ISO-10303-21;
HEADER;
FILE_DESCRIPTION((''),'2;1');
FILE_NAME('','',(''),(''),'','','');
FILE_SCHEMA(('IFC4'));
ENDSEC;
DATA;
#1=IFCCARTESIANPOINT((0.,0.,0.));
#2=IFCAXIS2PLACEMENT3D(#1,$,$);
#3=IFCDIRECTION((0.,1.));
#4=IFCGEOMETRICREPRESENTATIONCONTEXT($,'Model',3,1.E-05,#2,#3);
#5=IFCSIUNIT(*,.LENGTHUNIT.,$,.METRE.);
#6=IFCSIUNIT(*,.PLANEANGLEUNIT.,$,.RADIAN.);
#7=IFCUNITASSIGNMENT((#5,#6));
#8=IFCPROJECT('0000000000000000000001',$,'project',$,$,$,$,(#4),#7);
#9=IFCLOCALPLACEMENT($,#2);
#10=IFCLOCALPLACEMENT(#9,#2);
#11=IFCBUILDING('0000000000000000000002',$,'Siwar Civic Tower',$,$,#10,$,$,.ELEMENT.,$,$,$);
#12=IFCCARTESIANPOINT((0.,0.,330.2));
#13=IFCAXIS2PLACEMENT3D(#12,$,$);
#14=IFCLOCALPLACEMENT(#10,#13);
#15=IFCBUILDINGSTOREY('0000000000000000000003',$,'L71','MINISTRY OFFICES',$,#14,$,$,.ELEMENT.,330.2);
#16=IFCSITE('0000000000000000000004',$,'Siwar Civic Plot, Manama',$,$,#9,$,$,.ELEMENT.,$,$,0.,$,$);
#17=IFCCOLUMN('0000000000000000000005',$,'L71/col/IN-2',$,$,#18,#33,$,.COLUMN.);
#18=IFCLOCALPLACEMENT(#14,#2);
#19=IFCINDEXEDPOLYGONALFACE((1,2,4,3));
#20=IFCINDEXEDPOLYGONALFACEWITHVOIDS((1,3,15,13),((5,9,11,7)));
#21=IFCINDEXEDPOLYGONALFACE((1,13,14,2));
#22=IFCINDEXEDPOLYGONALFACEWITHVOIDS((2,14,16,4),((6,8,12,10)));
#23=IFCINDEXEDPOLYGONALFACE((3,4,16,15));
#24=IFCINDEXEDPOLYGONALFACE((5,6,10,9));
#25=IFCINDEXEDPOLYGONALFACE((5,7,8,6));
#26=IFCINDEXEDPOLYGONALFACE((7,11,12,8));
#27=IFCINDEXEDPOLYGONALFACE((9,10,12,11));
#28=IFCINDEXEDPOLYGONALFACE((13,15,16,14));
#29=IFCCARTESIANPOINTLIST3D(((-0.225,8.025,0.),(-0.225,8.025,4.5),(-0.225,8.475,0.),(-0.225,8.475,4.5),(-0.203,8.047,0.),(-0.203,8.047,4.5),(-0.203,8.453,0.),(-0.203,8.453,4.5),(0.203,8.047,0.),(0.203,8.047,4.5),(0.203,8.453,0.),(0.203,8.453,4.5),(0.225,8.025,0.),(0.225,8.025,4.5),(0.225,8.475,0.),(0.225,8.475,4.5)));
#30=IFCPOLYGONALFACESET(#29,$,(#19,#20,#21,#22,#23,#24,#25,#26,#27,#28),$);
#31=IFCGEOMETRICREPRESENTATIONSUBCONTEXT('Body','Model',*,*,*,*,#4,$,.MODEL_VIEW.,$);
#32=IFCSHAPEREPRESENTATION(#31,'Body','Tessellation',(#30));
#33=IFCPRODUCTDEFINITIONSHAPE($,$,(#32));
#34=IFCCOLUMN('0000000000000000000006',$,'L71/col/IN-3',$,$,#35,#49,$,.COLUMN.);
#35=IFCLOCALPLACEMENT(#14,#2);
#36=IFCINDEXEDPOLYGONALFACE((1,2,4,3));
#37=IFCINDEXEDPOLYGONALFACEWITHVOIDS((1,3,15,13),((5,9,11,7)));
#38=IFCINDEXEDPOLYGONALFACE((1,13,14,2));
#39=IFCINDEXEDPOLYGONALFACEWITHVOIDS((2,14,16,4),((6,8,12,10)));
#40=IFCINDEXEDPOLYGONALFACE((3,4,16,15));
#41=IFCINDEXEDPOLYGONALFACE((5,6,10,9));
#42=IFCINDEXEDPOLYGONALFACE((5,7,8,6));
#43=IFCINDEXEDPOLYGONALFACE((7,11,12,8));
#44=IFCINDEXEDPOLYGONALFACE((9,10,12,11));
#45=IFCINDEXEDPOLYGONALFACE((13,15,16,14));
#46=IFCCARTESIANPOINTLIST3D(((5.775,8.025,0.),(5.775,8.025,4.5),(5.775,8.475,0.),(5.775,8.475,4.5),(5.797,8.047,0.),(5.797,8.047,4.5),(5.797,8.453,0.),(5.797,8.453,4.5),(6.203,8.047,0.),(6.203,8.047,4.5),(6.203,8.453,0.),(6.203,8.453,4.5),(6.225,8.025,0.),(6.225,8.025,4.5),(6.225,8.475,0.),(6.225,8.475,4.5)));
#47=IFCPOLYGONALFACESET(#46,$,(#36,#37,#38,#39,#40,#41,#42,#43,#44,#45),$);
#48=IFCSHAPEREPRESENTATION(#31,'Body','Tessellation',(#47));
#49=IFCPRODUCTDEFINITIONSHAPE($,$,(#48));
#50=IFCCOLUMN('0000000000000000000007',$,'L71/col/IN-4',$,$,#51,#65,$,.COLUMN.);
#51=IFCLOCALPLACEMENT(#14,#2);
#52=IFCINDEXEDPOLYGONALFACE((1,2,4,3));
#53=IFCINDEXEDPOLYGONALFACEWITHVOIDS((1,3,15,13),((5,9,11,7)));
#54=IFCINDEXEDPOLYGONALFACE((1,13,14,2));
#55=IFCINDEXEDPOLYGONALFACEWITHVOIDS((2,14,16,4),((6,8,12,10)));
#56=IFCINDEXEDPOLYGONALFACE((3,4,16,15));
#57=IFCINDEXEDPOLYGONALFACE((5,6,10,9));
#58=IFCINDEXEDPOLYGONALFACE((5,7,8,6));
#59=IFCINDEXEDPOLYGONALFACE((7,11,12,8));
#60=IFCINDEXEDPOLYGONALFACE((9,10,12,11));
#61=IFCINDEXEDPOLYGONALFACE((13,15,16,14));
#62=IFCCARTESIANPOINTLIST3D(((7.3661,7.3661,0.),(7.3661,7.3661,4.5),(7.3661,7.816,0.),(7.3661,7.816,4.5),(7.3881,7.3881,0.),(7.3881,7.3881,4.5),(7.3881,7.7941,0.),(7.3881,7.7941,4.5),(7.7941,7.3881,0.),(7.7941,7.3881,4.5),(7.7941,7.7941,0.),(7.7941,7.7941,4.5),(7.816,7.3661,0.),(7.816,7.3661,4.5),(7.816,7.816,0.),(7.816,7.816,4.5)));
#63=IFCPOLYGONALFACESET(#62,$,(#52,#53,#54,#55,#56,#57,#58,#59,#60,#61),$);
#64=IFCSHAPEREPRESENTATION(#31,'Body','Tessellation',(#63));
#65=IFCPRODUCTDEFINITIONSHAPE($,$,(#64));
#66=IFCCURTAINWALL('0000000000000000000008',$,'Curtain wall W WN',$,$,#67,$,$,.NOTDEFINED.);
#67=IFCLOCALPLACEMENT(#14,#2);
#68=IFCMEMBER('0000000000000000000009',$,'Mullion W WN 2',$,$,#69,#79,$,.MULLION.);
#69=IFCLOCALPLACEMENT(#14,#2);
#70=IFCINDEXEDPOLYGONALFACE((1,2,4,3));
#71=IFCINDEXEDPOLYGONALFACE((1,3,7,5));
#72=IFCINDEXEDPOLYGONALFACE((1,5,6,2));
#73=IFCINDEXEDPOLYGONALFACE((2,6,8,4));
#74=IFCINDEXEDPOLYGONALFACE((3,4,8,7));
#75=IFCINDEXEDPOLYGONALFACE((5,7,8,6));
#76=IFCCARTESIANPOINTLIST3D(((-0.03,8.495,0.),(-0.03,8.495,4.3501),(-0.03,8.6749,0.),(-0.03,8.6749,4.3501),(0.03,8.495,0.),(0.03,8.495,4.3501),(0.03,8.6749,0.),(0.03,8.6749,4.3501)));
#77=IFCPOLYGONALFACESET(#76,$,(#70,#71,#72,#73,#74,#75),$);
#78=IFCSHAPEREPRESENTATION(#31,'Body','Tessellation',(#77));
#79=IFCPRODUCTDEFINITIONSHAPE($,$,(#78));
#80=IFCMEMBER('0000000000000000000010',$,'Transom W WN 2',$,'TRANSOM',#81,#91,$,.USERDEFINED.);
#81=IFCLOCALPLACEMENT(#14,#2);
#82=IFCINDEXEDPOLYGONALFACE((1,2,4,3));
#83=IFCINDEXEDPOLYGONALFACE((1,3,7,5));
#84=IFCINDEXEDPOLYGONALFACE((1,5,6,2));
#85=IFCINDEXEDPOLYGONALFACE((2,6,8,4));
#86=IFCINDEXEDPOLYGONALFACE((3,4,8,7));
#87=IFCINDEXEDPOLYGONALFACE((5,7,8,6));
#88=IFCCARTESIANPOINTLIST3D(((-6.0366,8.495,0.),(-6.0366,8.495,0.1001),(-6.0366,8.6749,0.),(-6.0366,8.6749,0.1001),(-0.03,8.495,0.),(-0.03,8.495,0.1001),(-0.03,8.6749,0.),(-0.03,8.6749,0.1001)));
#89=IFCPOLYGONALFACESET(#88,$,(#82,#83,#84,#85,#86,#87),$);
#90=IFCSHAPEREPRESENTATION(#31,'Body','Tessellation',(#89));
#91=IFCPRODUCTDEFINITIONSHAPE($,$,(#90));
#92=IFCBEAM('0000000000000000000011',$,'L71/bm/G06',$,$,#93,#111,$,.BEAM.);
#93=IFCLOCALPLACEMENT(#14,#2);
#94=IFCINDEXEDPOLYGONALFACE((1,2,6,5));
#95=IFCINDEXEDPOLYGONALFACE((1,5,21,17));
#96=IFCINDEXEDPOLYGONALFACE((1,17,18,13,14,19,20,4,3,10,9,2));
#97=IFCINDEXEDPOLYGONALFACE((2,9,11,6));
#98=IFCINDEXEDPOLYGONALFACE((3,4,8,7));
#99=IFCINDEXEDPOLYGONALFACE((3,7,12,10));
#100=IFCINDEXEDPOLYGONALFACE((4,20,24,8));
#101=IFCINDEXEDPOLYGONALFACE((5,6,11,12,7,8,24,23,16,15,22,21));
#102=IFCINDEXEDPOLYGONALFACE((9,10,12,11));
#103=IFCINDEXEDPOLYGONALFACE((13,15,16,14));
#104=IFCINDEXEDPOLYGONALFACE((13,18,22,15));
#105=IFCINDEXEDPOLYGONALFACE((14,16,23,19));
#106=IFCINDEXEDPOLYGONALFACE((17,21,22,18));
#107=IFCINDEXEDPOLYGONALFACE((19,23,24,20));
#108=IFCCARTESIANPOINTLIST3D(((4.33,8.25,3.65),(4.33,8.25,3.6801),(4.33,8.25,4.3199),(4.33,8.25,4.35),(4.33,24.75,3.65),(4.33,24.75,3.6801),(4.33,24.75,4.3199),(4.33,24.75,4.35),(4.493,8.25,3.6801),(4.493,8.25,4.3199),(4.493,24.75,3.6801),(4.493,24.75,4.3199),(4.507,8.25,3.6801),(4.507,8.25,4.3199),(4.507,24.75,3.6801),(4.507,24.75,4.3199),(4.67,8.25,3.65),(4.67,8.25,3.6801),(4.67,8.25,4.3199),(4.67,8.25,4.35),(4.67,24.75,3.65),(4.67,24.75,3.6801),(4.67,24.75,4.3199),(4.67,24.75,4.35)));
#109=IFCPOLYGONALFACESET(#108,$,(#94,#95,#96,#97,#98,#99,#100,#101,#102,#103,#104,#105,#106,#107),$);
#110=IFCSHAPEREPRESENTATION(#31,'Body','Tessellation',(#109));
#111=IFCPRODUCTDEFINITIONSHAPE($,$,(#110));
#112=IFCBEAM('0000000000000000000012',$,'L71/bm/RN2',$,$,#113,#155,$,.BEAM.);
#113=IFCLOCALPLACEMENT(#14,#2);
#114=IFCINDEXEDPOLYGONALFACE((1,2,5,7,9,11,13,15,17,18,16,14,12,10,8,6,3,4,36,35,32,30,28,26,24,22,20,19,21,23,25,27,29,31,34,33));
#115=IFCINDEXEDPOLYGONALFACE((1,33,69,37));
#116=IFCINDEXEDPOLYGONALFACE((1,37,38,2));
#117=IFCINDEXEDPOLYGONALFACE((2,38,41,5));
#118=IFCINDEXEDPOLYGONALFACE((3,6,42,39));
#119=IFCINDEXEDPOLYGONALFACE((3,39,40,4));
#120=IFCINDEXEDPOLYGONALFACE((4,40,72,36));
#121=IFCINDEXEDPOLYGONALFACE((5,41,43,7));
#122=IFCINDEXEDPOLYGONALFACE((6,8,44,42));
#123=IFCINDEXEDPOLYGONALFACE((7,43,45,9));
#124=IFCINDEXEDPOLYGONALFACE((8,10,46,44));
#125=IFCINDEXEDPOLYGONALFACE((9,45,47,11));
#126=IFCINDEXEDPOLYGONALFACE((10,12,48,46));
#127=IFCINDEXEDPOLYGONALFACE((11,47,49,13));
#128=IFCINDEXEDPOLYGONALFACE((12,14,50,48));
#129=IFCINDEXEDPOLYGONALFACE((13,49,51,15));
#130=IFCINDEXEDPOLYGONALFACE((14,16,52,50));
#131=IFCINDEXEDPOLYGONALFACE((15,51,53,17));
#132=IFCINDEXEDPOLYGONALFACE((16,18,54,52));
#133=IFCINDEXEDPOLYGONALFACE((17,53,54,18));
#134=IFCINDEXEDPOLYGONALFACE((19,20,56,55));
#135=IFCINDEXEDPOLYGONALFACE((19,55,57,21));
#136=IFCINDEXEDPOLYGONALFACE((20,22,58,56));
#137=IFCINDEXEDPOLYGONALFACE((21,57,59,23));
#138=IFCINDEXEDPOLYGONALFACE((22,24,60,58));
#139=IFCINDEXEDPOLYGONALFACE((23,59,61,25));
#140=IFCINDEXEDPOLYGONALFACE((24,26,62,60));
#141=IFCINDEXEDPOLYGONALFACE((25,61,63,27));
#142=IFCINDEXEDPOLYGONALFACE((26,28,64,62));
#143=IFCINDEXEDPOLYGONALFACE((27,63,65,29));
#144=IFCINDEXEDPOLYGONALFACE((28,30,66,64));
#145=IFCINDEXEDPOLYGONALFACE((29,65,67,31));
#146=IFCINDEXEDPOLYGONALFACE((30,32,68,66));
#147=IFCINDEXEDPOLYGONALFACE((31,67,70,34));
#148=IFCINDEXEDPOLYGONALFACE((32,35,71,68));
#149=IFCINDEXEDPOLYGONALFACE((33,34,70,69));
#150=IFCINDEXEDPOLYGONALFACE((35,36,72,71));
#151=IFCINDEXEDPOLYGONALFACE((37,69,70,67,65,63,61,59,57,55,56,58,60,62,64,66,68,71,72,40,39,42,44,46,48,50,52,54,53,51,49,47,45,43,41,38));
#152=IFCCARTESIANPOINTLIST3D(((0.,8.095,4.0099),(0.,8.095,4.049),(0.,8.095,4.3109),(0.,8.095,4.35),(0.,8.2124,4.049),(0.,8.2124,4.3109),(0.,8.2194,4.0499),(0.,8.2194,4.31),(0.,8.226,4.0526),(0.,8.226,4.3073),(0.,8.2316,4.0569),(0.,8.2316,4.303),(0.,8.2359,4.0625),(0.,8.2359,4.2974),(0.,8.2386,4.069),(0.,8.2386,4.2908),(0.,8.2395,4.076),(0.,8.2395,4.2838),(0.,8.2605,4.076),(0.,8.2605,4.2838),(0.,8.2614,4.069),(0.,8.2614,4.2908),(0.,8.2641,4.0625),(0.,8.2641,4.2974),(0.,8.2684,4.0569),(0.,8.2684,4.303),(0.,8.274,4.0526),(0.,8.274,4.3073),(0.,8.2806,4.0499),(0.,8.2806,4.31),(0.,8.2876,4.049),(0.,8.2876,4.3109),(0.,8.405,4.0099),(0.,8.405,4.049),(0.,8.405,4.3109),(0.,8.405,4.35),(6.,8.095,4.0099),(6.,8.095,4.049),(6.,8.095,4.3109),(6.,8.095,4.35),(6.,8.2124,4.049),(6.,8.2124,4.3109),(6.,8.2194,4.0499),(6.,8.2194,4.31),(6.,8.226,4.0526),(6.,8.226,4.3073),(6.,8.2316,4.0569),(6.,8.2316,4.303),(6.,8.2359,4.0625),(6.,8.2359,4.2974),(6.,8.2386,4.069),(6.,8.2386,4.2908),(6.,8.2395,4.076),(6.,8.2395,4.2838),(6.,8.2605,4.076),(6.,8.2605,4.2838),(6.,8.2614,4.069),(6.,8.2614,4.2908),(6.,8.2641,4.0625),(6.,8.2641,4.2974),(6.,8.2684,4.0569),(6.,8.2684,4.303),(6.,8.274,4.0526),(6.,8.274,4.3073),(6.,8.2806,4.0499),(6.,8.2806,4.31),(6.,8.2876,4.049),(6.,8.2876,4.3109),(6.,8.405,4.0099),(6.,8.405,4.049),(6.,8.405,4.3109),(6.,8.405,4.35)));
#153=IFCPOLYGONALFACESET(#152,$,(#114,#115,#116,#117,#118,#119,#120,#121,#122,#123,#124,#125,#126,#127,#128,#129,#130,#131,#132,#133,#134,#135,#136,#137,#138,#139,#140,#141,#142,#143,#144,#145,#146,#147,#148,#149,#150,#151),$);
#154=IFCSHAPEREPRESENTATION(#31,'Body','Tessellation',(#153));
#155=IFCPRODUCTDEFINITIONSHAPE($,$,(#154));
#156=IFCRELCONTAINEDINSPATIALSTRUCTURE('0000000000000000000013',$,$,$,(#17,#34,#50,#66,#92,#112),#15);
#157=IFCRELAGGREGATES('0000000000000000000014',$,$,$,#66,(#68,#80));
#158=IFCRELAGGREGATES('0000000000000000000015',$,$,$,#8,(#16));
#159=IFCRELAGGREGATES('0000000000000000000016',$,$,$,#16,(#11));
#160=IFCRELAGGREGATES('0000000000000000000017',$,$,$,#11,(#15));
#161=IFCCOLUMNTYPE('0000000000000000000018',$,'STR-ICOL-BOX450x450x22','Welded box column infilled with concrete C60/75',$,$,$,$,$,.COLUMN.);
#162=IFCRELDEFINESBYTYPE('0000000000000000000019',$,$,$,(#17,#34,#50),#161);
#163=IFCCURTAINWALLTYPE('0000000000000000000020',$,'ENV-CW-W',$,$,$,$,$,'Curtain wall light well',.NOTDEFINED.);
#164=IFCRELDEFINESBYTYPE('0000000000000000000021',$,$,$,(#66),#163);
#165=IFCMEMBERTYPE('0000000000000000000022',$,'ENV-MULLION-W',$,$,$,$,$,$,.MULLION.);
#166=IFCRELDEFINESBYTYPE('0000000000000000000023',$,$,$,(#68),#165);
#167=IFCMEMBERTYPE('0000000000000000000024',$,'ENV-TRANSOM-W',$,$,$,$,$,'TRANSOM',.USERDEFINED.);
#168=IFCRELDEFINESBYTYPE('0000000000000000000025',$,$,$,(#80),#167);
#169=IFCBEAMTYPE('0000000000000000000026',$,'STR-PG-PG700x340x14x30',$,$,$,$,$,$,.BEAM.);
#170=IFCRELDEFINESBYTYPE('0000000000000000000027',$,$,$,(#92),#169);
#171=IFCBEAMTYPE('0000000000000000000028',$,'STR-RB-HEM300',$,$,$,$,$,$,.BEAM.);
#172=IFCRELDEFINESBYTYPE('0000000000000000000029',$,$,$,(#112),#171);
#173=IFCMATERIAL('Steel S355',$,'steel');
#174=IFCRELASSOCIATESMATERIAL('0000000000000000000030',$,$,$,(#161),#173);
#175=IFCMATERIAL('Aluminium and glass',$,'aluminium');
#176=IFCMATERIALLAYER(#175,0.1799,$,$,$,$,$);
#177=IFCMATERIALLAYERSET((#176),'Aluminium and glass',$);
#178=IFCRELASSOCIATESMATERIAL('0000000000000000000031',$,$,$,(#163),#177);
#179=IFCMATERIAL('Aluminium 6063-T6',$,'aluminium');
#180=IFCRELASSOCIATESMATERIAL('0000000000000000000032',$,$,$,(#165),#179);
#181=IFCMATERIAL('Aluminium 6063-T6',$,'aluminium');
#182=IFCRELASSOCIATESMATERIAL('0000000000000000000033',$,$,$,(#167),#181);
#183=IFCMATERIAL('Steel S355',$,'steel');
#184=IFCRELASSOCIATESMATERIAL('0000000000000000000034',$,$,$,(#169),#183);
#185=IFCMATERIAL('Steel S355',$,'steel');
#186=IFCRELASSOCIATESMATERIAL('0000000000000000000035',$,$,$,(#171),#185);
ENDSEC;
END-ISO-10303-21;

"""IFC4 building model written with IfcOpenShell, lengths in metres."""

from ifc_helpers import new_model, si_unit, direction, frame, origin, origin_2d, place, context, subcontext, project, spatial, rectangle, hollow_rectangle, i_section, extrude, material, layer, layer_set, material_profile, profile_set, type_object, element, aggregate, save


model = new_model("IFC4")

# Units and contexts
model_context = context("Model", 3, precision=1e-05, world=origin(), true_north=direction((0.0, 1.0)))
body_context = subcontext(model_context, "Body", "Model", "MODEL_VIEW")
ifc_project = project(units=[si_unit("LENGTHUNIT", "METRE"), si_unit("PLANEANGLEUNIT", "RADIAN")], contexts=[model_context])

# Site, building, storey
site_placement = place(None, origin())
site = spatial("IfcSite", under=ifc_project, at=site_placement, Name="Siwar Civic Plot, Manama", CompositionType="ELEMENT", RefElevation=0.0)
building_placement = place(site_placement, origin())
building = spatial("IfcBuilding", under=site, at=building_placement, Name="Siwar Civic Tower", CompositionType="ELEMENT")
storey_placement = place(building_placement, frame((0.0, 0.0, 330.2)))
storey = spatial("IfcBuildingStorey", under=building, at=storey_placement, Name="L71", Description="MINISTRY OFFICES", CompositionType="ELEMENT", Elevation=330.2)

# Columns
ifc_material_1 = material(Name="Steel S355", Category="steel")
ifc_material_profile_1 = material_profile(ifc_material_1, hollow_rectangle(XDim=0.45, YDim=0.45, WallThickness=0.022, at=origin_2d()), Name="BOX450x450x22")
ifc_profile_set_1 = profile_set([ifc_material_profile_1], Name="Steel S355")
column_type = type_object("IfcColumnType", Name="STR-ICOL-BOX450x450x22", Description="Welded box column infilled with concrete C60/75", PredefinedType="COLUMN", material=ifc_profile_set_1)
for number, where, z_axis, x_axis, name in (
    (1, (0.0, 8.25, 0.0), (0.0, 0.0, 1.0), (1.0, 0.0, 0.0), "L71/col/IN-2"),
    (2, (6.0, 8.25, 0.0), (0.0, 0.0, 1.0), (1.0, 0.0, 0.0), "L71/col/IN-3"),
    (3, (7.5911, 7.5911, 0.0), (0.0, 0.0, 1.0), (1.0, 0.0, 0.0), "L71/col/IN-4"),
):
    element("IfcColumn", number, at=place(storey_placement, frame(where, z_axis=z_axis, x_axis=x_axis)), inside=storey, type_object=column_type, Name=name, PredefinedType="COLUMN", context=body_context, shape_type="SweptSolid", body=[
        extrude(hollow_rectangle(XDim=0.45, YDim=0.45, WallThickness=0.022, at=origin_2d()), origin(), (0.0, 0.0, 1.0), 4.5),
    ])

# Curtain wall, members
ifc_material_2 = material(Name="Aluminium and glass", Category="aluminium")
ifc_layer_1 = layer(ifc_material_2, 0.1799)
ifc_layer_set_1 = layer_set([ifc_layer_1], Name="Aluminium and glass")
curtain_wall_type = type_object("IfcCurtainWallType", Name="ENV-CW-W", ElementType="Curtain wall light well", PredefinedType="NOTDEFINED", material=ifc_layer_set_1)
curtain_wall_placement = place(storey_placement, origin())
curtain_wall = element("IfcCurtainWall", 4, at=curtain_wall_placement, inside=storey, type_object=curtain_wall_type, Name="Curtain wall W WN", PredefinedType="NOTDEFINED")
ifc_material_3 = material(Name="Aluminium 6063-T6", Category="aluminium")
ifc_material_profile_2 = material_profile(ifc_material_3, rectangle(XDim=0.1799, YDim=0.0601, at=origin_2d()), Name="AL 180x60")
ifc_profile_set_2 = profile_set([ifc_material_profile_2], Name="Aluminium 6063-T6")
member_type_1 = type_object("IfcMemberType", Name="ENV-MULLION-W", PredefinedType="MULLION", material=ifc_profile_set_2)
member_1_placement = place(storey_placement, frame((0.0, 8.585, 0.0), z_axis=(0.0, 0.0, 1.0), x_axis=(0.0, -1.0, 0.0)))
member_1 = element("IfcMember", 5, at=member_1_placement, type_object=member_type_1, Name="Mullion W WN 2", PredefinedType="MULLION", context=body_context, shape_type="SweptSolid", body=[
    extrude(rectangle(XDim=0.1799, YDim=0.0601, at=origin_2d()), origin(), (0.0, 0.0, 1.0), 4.3501),
])
ifc_material_4 = material(Name="Aluminium 6063-T6", Category="aluminium")
ifc_material_profile_3 = material_profile(ifc_material_4, rectangle(XDim=0.1799, YDim=0.1001, at=origin_2d()), Name="AL 180x100")
ifc_profile_set_3 = profile_set([ifc_material_profile_3], Name="Aluminium 6063-T6")
member_type_2 = type_object("IfcMemberType", Name="ENV-TRANSOM-W", ElementType="TRANSOM", PredefinedType="USERDEFINED", material=ifc_profile_set_3)
member_2_placement = place(storey_placement, frame((-0.03, 8.585, 0.05), z_axis=(-1.0, 0.0, 0.0), x_axis=(0.0, -1.0, 0.0)))
member_2 = element("IfcMember", 6, at=member_2_placement, type_object=member_type_2, Name="Transom W WN 2", ObjectType="TRANSOM", PredefinedType="USERDEFINED", context=body_context, shape_type="SweptSolid", body=[
    extrude(rectangle(XDim=0.1799, YDim=0.1001, at=origin_2d()), origin(), (0.0, 0.0, 1.0), 6.0066),
])
aggregate(curtain_wall, [member_1, member_2])

# Beams
ifc_material_5 = material(Name="Steel S355", Category="steel")
ifc_material_profile_4 = material_profile(ifc_material_5, i_section(OverallWidth=0.3401, OverallDepth=0.7, WebThickness=0.0139, FlangeThickness=0.03, at=origin_2d()), Name="PG700x340x14x30")
ifc_profile_set_4 = profile_set([ifc_material_profile_4], Name="Steel S355")
beam_type_1 = type_object("IfcBeamType", Name="STR-PG-PG700x340x14x30", PredefinedType="BEAM", material=ifc_profile_set_4)
beam_1_placement = place(storey_placement, frame((4.5, 8.25, 4.0), z_axis=(0.0, 1.0, 0.0), x_axis=(-1.0, 0.0, 0.0)))
element("IfcBeam", 7, at=beam_1_placement, inside=storey, type_object=beam_type_1, Name="L71/bm/G06", PredefinedType="BEAM", context=body_context, shape_type="SweptSolid", body=[
    extrude(i_section(OverallWidth=0.3401, OverallDepth=0.7, WebThickness=0.0139, FlangeThickness=0.03, at=origin_2d()), origin(), (0.0, 0.0, 1.0), 16.5),
])
ifc_material_6 = material(Name="Steel S355", Category="steel")
ifc_material_profile_5 = material_profile(ifc_material_6, i_section(OverallWidth=0.3101, OverallDepth=0.3401, WebThickness=0.021, FlangeThickness=0.0391, FilletRadius=0.0271, at=origin_2d()), Name="HEM300")
ifc_profile_set_5 = profile_set([ifc_material_profile_5], Name="Steel S355")
beam_type_2 = type_object("IfcBeamType", Name="STR-RB-HEM300", PredefinedType="BEAM", material=ifc_profile_set_5)
beam_2_placement = place(storey_placement, frame((0.0, 8.25, 4.1799), z_axis=(1.0, 0.0, 0.0), x_axis=(0.0, 1.0, 0.0)))
element("IfcBeam", 8, at=beam_2_placement, inside=storey, type_object=beam_type_2, Name="L71/bm/RN2", PredefinedType="BEAM", context=body_context, shape_type="SweptSolid", body=[
    extrude(i_section(OverallWidth=0.3101, OverallDepth=0.3401, WebThickness=0.021, FlangeThickness=0.0391, FilletRadius=0.0271, at=origin_2d()), origin(), (0.0, 0.0, 1.0), 6.0),
])

save(model, "model.ifc")
